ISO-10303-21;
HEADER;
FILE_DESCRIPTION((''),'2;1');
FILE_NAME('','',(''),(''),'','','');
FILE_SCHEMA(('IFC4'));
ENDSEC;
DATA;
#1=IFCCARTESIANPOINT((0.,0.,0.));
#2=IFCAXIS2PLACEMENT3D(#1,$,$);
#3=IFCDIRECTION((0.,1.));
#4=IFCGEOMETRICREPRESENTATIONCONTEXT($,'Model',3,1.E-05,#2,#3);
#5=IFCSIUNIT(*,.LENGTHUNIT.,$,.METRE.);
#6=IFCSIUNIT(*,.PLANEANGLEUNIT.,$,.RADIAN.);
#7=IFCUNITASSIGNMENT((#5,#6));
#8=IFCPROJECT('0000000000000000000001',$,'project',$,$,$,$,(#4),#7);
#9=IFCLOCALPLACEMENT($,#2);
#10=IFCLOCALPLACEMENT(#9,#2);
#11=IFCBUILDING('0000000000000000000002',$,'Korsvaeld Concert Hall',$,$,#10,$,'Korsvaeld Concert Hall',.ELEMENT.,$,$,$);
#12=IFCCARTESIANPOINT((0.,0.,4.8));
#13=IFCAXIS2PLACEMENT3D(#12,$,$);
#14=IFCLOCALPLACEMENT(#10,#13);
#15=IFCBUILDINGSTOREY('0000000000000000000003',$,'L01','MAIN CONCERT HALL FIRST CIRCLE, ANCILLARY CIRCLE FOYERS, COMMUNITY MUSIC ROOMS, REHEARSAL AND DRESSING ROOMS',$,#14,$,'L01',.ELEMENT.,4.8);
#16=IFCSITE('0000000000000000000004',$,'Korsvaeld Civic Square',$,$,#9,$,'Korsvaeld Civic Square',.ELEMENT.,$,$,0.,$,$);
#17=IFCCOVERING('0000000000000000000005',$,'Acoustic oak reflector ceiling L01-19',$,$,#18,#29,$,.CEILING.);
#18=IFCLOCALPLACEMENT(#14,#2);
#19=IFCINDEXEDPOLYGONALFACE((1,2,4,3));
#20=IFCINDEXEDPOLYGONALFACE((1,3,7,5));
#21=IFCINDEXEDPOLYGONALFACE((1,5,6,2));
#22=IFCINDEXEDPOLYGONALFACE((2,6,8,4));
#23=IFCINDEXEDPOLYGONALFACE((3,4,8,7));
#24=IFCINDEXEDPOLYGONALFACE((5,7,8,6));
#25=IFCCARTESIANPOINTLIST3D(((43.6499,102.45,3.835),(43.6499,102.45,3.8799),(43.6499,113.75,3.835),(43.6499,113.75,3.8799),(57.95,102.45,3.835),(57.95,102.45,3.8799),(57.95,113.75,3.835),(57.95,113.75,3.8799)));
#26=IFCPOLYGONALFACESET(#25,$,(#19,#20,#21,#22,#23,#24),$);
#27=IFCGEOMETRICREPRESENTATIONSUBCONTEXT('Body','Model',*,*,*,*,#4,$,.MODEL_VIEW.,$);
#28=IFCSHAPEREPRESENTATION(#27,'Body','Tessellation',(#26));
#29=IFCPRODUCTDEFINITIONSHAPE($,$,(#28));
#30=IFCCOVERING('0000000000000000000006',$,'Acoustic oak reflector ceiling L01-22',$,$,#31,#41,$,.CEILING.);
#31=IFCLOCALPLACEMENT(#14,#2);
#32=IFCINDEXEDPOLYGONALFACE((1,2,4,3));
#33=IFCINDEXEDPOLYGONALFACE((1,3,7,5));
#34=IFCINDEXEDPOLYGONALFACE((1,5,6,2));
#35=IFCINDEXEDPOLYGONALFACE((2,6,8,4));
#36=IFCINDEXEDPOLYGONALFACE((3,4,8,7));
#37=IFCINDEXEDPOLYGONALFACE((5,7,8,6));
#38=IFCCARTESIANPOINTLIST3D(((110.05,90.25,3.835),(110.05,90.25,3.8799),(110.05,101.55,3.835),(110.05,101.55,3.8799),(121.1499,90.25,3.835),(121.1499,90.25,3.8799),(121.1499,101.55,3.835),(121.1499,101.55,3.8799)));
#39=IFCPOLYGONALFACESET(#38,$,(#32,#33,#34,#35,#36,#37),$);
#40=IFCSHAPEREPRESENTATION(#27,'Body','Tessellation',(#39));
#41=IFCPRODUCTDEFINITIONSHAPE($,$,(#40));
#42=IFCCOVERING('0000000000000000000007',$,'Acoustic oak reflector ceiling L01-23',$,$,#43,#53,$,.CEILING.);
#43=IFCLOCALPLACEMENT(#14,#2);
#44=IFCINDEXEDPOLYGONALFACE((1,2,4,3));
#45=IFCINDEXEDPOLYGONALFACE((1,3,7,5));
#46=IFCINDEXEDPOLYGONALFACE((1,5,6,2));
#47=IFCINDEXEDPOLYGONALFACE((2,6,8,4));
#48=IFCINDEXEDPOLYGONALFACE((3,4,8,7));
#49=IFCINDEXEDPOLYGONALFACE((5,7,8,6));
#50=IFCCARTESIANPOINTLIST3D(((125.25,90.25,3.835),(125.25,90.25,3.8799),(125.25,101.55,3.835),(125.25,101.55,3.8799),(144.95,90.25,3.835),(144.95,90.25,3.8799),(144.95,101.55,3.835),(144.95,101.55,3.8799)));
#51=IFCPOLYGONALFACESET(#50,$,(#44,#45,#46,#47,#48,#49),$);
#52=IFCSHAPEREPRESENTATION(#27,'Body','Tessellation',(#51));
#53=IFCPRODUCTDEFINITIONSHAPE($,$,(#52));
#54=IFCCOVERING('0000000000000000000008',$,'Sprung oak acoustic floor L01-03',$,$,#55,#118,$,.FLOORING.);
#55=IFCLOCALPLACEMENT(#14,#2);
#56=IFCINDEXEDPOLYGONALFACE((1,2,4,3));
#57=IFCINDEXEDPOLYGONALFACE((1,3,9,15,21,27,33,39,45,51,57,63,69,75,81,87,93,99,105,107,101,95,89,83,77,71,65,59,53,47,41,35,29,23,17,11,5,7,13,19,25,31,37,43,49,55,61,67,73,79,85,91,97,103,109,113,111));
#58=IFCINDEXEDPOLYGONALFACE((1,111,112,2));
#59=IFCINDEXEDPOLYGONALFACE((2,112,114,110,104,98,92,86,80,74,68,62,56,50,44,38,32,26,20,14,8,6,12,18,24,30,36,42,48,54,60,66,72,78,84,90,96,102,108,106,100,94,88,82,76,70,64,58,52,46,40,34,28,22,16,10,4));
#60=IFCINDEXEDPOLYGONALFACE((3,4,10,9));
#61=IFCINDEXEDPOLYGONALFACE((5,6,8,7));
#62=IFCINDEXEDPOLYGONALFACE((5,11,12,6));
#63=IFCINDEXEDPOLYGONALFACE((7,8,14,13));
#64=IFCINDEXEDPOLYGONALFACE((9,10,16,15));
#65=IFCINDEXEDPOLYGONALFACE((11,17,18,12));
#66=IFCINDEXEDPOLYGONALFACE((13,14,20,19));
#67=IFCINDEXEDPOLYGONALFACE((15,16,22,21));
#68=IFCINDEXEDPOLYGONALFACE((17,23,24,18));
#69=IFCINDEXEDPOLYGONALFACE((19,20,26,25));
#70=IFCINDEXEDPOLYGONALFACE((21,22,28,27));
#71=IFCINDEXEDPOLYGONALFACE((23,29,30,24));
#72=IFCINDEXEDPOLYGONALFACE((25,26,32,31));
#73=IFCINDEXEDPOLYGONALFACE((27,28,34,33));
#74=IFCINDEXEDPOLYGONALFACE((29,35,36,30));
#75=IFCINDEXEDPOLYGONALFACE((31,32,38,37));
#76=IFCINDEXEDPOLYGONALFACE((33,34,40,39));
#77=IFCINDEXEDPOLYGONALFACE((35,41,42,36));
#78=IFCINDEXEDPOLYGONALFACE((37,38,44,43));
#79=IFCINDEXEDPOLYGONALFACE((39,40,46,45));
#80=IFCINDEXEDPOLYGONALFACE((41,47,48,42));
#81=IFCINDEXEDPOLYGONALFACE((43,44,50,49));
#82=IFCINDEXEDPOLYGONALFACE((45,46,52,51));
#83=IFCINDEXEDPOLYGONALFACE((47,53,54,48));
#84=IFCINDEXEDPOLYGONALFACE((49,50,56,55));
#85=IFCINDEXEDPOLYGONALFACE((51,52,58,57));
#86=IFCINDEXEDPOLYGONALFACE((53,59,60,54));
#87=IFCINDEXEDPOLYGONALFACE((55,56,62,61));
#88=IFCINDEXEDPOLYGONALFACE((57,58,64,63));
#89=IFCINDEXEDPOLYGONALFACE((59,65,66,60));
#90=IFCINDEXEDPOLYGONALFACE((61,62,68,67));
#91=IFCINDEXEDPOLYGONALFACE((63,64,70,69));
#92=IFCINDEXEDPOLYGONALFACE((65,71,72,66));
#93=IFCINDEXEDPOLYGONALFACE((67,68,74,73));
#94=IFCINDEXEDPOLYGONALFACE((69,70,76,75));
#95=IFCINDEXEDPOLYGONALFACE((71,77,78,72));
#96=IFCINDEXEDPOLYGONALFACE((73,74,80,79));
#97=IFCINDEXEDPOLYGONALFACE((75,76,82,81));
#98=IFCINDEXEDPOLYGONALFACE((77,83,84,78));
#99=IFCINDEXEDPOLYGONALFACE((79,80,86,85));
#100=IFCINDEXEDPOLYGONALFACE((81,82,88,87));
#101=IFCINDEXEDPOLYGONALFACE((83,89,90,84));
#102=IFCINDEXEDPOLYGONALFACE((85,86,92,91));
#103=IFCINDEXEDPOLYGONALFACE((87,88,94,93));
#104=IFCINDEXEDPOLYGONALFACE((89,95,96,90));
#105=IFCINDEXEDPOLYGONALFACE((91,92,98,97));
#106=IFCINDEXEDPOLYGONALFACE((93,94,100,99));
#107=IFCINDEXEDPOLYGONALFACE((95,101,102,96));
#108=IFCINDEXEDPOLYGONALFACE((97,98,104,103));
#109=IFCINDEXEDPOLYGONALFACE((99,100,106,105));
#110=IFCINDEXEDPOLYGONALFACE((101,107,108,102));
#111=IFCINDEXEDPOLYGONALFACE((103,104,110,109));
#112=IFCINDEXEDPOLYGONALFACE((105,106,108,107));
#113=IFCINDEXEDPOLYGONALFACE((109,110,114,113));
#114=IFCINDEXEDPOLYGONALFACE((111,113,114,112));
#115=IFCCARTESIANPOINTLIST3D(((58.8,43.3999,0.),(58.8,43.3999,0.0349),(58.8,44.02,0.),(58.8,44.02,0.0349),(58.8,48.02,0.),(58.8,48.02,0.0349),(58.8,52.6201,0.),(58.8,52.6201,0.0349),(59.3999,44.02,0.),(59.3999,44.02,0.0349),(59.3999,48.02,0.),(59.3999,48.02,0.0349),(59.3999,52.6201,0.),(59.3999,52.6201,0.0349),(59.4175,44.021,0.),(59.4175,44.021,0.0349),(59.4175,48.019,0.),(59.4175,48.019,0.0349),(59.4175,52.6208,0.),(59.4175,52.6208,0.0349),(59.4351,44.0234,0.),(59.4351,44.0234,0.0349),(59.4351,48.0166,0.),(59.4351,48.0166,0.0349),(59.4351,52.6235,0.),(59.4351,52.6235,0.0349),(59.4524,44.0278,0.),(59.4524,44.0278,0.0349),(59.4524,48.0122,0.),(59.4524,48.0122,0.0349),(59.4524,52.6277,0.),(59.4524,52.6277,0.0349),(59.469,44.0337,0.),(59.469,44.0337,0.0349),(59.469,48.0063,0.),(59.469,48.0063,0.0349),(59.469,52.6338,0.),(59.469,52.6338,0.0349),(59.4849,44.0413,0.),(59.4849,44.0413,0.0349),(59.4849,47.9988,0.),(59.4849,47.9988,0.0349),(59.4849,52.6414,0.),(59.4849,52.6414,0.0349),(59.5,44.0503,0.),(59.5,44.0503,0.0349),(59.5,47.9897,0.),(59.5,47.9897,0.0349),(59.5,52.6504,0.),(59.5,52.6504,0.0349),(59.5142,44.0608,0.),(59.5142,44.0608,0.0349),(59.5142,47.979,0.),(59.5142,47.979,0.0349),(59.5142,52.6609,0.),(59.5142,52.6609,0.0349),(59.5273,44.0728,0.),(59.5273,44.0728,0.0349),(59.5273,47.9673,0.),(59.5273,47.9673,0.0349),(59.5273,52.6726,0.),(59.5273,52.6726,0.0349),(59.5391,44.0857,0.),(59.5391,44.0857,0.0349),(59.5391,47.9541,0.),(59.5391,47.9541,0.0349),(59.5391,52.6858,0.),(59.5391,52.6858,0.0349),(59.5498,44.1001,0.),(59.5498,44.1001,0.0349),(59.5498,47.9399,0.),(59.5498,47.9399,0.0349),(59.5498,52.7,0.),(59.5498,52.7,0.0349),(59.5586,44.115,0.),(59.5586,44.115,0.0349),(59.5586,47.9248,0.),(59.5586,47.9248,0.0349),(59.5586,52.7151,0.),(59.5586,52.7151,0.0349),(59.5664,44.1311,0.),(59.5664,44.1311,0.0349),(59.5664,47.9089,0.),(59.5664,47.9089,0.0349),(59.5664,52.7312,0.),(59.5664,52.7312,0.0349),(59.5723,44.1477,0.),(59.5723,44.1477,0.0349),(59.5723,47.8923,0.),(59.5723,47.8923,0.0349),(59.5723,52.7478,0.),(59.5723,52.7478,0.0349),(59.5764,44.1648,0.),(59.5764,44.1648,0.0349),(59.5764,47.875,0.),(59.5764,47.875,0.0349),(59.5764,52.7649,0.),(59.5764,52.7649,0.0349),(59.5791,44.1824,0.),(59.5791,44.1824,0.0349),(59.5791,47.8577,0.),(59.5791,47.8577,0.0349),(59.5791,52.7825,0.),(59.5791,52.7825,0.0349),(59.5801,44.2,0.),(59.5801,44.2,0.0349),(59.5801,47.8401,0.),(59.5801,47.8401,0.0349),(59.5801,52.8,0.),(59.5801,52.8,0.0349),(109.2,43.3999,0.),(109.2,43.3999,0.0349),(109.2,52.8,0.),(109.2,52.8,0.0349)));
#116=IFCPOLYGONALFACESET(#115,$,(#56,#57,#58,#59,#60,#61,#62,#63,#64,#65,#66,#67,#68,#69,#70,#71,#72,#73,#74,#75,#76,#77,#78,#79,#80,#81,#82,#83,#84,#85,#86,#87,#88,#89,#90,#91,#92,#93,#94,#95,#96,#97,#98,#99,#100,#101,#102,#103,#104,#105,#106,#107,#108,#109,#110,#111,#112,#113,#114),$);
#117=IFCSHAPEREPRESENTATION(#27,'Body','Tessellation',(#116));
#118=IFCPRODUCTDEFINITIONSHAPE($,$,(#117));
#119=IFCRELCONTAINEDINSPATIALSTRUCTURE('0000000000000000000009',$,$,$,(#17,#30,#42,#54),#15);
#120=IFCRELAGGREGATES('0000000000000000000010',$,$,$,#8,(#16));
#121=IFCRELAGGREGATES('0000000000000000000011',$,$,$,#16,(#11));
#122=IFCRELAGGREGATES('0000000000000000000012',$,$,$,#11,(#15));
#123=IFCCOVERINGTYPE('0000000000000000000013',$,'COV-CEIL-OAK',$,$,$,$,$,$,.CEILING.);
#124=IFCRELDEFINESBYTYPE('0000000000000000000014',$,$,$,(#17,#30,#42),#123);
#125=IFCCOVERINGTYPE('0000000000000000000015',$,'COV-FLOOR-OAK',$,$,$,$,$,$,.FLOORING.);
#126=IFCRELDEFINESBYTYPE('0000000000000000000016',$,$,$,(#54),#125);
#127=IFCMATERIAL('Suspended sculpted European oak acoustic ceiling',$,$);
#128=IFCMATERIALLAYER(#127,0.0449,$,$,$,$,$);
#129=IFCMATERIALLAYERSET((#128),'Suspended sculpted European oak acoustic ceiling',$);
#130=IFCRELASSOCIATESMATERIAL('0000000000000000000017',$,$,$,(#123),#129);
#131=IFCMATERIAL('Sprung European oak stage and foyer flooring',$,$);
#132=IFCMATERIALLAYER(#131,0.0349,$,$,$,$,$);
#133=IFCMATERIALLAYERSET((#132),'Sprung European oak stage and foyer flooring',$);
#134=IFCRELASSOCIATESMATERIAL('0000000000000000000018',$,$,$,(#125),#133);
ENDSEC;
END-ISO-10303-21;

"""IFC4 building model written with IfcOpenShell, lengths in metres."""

from ifc_helpers import new_model, si_unit, direction, frame, origin, place, context, subcontext, project, spatial, polyline, outline, extrude, material, layer, layer_set, type_object, element, save


model = new_model("IFC4")

# Units and contexts
model_context = context("Model", 3, precision=1e-05, world=origin(), true_north=direction((0.0, 1.0)))
body_context = subcontext(model_context, "Body", "Model", "MODEL_VIEW")
ifc_project = project(units=[si_unit("LENGTHUNIT", "METRE"), si_unit("PLANEANGLEUNIT", "RADIAN")], contexts=[model_context])

# Site, building, storey
site_placement = place(None, origin())
site = spatial("IfcSite", under=ifc_project, at=site_placement, Name="Korsvaeld Civic Square", LongName="Korsvaeld Civic Square", CompositionType="ELEMENT", RefElevation=0.0)
building_placement = place(site_placement, origin())
building = spatial("IfcBuilding", under=site, at=building_placement, Name="Korsvaeld Concert Hall", LongName="Korsvaeld Concert Hall", CompositionType="ELEMENT")
storey_placement = place(building_placement, frame((0.0, 0.0, 4.8)))
storey = spatial("IfcBuildingStorey", under=building, at=storey_placement, Name="L01", Description="MAIN CONCERT HALL FIRST CIRCLE, ANCILLARY CIRCLE FOYERS, COMMUNITY MUSIC ROOMS, REHEARSAL AND DRESSING ROOMS", LongName="L01", CompositionType="ELEMENT", Elevation=4.8)

# Coverings
ifc_material_1 = material(Name="Suspended sculpted European oak acoustic ceiling")
ifc_layer_1 = layer(ifc_material_1, 0.0449)
ifc_layer_set_1 = layer_set([ifc_layer_1], Name="Suspended sculpted European oak acoustic ceiling")
covering_type_1 = type_object("IfcCoveringType", Name="COV-CEIL-OAK", PredefinedType="CEILING", material=ifc_layer_set_1)
covering_1_placement = place(storey_placement, frame((0.0, 0.0, 3.835)))
element("IfcCovering", 1, at=covering_1_placement, inside=storey, type_object=covering_type_1, Name="Acoustic oak reflector ceiling L01-19", PredefinedType="CEILING", context=body_context, shape_type="SweptSolid", body=[
    extrude(outline(polyline([(57.95, 113.75), (57.95, 102.45), (43.6499, 102.45), (43.6499, 113.75), (57.95, 113.75)])), origin(), (0.0, 0.0, 1.0), 0.0449),
])
covering_2_placement = place(storey_placement, frame((0.0, 0.0, 3.835)))
element("IfcCovering", 2, at=covering_2_placement, inside=storey, type_object=covering_type_1, Name="Acoustic oak reflector ceiling L01-22", PredefinedType="CEILING", context=body_context, shape_type="SweptSolid", body=[
    extrude(outline(polyline([(121.1499, 90.25), (110.05, 90.25), (110.05, 101.55), (121.1499, 101.55), (121.1499, 90.25)])), origin(), (0.0, 0.0, 1.0), 0.0449),
])
covering_3_placement = place(storey_placement, frame((0.0, 0.0, 3.835)))
element("IfcCovering", 3, at=covering_3_placement, inside=storey, type_object=covering_type_1, Name="Acoustic oak reflector ceiling L01-23", PredefinedType="CEILING", context=body_context, shape_type="SweptSolid", body=[
    extrude(outline(polyline([(144.95, 101.55), (144.95, 90.25), (125.25, 90.25), (125.25, 101.55), (144.95, 101.55)])), origin(), (0.0, 0.0, 1.0), 0.0449),
])
ifc_material_2 = material(Name="Sprung European oak stage and foyer flooring")
ifc_layer_2 = layer(ifc_material_2, 0.0349)
ifc_layer_set_2 = layer_set([ifc_layer_2], Name="Sprung European oak stage and foyer flooring")
covering_type_2 = type_object("IfcCoveringType", Name="COV-FLOOR-OAK", PredefinedType="FLOORING", material=ifc_layer_set_2)
covering_4_placement = place(storey_placement, origin())
element("IfcCovering", 4, at=covering_4_placement, inside=storey, type_object=covering_type_2, Name="Sprung oak acoustic floor L01-03", PredefinedType="FLOORING", context=body_context, shape_type="SweptSolid", body=[
    extrude(outline(polyline([(109.2, 52.8), (109.2, 43.3999), (58.8, 43.3999), (58.8, 44.02), (59.3999, 44.02), (59.4175, 44.021), (59.4351, 44.0234), (59.4524, 44.0278), (59.469, 44.0337), (59.4849, 44.0413), (59.5, 44.0503), (59.5142, 44.0608), (59.5273, 44.0728), (59.5391, 44.0857), (59.5498, 44.1001), (59.5586, 44.115), (59.5664, 44.1311), (59.5723, 44.1477), (59.5764, 44.1648), (59.5791, 44.1824), (59.5801, 44.2), (59.5801, 47.8401), (59.5791, 47.8577), (59.5764, 47.875), (59.5723, 47.8923), (59.5664, 47.9089), (59.5586, 47.9248), (59.5498, 47.9399), (59.5391, 47.9541), (59.5273, 47.9673), (59.5142, 47.979), (59.5, 47.9897), (59.4849, 47.9988), (59.469, 48.0063), (59.4524, 48.0122), (59.4351, 48.0166), (59.4175, 48.019), (59.3999, 48.02), (58.8, 48.02), (58.8, 52.6201), (59.3999, 52.6201), (59.4175, 52.6208), (59.4351, 52.6235), (59.4524, 52.6277), (59.469, 52.6338), (59.4849, 52.6414), (59.5, 52.6504), (59.5142, 52.6609), (59.5273, 52.6726), (59.5391, 52.6858), (59.5498, 52.7), (59.5586, 52.7151), (59.5664, 52.7312), (59.5723, 52.7478), (59.5764, 52.7649), (59.5791, 52.7825), (59.5801, 52.8), (109.2, 52.8)])), origin(), (0.0, 0.0, 1.0), 0.0349),
])

save(model, "model.ifc")
